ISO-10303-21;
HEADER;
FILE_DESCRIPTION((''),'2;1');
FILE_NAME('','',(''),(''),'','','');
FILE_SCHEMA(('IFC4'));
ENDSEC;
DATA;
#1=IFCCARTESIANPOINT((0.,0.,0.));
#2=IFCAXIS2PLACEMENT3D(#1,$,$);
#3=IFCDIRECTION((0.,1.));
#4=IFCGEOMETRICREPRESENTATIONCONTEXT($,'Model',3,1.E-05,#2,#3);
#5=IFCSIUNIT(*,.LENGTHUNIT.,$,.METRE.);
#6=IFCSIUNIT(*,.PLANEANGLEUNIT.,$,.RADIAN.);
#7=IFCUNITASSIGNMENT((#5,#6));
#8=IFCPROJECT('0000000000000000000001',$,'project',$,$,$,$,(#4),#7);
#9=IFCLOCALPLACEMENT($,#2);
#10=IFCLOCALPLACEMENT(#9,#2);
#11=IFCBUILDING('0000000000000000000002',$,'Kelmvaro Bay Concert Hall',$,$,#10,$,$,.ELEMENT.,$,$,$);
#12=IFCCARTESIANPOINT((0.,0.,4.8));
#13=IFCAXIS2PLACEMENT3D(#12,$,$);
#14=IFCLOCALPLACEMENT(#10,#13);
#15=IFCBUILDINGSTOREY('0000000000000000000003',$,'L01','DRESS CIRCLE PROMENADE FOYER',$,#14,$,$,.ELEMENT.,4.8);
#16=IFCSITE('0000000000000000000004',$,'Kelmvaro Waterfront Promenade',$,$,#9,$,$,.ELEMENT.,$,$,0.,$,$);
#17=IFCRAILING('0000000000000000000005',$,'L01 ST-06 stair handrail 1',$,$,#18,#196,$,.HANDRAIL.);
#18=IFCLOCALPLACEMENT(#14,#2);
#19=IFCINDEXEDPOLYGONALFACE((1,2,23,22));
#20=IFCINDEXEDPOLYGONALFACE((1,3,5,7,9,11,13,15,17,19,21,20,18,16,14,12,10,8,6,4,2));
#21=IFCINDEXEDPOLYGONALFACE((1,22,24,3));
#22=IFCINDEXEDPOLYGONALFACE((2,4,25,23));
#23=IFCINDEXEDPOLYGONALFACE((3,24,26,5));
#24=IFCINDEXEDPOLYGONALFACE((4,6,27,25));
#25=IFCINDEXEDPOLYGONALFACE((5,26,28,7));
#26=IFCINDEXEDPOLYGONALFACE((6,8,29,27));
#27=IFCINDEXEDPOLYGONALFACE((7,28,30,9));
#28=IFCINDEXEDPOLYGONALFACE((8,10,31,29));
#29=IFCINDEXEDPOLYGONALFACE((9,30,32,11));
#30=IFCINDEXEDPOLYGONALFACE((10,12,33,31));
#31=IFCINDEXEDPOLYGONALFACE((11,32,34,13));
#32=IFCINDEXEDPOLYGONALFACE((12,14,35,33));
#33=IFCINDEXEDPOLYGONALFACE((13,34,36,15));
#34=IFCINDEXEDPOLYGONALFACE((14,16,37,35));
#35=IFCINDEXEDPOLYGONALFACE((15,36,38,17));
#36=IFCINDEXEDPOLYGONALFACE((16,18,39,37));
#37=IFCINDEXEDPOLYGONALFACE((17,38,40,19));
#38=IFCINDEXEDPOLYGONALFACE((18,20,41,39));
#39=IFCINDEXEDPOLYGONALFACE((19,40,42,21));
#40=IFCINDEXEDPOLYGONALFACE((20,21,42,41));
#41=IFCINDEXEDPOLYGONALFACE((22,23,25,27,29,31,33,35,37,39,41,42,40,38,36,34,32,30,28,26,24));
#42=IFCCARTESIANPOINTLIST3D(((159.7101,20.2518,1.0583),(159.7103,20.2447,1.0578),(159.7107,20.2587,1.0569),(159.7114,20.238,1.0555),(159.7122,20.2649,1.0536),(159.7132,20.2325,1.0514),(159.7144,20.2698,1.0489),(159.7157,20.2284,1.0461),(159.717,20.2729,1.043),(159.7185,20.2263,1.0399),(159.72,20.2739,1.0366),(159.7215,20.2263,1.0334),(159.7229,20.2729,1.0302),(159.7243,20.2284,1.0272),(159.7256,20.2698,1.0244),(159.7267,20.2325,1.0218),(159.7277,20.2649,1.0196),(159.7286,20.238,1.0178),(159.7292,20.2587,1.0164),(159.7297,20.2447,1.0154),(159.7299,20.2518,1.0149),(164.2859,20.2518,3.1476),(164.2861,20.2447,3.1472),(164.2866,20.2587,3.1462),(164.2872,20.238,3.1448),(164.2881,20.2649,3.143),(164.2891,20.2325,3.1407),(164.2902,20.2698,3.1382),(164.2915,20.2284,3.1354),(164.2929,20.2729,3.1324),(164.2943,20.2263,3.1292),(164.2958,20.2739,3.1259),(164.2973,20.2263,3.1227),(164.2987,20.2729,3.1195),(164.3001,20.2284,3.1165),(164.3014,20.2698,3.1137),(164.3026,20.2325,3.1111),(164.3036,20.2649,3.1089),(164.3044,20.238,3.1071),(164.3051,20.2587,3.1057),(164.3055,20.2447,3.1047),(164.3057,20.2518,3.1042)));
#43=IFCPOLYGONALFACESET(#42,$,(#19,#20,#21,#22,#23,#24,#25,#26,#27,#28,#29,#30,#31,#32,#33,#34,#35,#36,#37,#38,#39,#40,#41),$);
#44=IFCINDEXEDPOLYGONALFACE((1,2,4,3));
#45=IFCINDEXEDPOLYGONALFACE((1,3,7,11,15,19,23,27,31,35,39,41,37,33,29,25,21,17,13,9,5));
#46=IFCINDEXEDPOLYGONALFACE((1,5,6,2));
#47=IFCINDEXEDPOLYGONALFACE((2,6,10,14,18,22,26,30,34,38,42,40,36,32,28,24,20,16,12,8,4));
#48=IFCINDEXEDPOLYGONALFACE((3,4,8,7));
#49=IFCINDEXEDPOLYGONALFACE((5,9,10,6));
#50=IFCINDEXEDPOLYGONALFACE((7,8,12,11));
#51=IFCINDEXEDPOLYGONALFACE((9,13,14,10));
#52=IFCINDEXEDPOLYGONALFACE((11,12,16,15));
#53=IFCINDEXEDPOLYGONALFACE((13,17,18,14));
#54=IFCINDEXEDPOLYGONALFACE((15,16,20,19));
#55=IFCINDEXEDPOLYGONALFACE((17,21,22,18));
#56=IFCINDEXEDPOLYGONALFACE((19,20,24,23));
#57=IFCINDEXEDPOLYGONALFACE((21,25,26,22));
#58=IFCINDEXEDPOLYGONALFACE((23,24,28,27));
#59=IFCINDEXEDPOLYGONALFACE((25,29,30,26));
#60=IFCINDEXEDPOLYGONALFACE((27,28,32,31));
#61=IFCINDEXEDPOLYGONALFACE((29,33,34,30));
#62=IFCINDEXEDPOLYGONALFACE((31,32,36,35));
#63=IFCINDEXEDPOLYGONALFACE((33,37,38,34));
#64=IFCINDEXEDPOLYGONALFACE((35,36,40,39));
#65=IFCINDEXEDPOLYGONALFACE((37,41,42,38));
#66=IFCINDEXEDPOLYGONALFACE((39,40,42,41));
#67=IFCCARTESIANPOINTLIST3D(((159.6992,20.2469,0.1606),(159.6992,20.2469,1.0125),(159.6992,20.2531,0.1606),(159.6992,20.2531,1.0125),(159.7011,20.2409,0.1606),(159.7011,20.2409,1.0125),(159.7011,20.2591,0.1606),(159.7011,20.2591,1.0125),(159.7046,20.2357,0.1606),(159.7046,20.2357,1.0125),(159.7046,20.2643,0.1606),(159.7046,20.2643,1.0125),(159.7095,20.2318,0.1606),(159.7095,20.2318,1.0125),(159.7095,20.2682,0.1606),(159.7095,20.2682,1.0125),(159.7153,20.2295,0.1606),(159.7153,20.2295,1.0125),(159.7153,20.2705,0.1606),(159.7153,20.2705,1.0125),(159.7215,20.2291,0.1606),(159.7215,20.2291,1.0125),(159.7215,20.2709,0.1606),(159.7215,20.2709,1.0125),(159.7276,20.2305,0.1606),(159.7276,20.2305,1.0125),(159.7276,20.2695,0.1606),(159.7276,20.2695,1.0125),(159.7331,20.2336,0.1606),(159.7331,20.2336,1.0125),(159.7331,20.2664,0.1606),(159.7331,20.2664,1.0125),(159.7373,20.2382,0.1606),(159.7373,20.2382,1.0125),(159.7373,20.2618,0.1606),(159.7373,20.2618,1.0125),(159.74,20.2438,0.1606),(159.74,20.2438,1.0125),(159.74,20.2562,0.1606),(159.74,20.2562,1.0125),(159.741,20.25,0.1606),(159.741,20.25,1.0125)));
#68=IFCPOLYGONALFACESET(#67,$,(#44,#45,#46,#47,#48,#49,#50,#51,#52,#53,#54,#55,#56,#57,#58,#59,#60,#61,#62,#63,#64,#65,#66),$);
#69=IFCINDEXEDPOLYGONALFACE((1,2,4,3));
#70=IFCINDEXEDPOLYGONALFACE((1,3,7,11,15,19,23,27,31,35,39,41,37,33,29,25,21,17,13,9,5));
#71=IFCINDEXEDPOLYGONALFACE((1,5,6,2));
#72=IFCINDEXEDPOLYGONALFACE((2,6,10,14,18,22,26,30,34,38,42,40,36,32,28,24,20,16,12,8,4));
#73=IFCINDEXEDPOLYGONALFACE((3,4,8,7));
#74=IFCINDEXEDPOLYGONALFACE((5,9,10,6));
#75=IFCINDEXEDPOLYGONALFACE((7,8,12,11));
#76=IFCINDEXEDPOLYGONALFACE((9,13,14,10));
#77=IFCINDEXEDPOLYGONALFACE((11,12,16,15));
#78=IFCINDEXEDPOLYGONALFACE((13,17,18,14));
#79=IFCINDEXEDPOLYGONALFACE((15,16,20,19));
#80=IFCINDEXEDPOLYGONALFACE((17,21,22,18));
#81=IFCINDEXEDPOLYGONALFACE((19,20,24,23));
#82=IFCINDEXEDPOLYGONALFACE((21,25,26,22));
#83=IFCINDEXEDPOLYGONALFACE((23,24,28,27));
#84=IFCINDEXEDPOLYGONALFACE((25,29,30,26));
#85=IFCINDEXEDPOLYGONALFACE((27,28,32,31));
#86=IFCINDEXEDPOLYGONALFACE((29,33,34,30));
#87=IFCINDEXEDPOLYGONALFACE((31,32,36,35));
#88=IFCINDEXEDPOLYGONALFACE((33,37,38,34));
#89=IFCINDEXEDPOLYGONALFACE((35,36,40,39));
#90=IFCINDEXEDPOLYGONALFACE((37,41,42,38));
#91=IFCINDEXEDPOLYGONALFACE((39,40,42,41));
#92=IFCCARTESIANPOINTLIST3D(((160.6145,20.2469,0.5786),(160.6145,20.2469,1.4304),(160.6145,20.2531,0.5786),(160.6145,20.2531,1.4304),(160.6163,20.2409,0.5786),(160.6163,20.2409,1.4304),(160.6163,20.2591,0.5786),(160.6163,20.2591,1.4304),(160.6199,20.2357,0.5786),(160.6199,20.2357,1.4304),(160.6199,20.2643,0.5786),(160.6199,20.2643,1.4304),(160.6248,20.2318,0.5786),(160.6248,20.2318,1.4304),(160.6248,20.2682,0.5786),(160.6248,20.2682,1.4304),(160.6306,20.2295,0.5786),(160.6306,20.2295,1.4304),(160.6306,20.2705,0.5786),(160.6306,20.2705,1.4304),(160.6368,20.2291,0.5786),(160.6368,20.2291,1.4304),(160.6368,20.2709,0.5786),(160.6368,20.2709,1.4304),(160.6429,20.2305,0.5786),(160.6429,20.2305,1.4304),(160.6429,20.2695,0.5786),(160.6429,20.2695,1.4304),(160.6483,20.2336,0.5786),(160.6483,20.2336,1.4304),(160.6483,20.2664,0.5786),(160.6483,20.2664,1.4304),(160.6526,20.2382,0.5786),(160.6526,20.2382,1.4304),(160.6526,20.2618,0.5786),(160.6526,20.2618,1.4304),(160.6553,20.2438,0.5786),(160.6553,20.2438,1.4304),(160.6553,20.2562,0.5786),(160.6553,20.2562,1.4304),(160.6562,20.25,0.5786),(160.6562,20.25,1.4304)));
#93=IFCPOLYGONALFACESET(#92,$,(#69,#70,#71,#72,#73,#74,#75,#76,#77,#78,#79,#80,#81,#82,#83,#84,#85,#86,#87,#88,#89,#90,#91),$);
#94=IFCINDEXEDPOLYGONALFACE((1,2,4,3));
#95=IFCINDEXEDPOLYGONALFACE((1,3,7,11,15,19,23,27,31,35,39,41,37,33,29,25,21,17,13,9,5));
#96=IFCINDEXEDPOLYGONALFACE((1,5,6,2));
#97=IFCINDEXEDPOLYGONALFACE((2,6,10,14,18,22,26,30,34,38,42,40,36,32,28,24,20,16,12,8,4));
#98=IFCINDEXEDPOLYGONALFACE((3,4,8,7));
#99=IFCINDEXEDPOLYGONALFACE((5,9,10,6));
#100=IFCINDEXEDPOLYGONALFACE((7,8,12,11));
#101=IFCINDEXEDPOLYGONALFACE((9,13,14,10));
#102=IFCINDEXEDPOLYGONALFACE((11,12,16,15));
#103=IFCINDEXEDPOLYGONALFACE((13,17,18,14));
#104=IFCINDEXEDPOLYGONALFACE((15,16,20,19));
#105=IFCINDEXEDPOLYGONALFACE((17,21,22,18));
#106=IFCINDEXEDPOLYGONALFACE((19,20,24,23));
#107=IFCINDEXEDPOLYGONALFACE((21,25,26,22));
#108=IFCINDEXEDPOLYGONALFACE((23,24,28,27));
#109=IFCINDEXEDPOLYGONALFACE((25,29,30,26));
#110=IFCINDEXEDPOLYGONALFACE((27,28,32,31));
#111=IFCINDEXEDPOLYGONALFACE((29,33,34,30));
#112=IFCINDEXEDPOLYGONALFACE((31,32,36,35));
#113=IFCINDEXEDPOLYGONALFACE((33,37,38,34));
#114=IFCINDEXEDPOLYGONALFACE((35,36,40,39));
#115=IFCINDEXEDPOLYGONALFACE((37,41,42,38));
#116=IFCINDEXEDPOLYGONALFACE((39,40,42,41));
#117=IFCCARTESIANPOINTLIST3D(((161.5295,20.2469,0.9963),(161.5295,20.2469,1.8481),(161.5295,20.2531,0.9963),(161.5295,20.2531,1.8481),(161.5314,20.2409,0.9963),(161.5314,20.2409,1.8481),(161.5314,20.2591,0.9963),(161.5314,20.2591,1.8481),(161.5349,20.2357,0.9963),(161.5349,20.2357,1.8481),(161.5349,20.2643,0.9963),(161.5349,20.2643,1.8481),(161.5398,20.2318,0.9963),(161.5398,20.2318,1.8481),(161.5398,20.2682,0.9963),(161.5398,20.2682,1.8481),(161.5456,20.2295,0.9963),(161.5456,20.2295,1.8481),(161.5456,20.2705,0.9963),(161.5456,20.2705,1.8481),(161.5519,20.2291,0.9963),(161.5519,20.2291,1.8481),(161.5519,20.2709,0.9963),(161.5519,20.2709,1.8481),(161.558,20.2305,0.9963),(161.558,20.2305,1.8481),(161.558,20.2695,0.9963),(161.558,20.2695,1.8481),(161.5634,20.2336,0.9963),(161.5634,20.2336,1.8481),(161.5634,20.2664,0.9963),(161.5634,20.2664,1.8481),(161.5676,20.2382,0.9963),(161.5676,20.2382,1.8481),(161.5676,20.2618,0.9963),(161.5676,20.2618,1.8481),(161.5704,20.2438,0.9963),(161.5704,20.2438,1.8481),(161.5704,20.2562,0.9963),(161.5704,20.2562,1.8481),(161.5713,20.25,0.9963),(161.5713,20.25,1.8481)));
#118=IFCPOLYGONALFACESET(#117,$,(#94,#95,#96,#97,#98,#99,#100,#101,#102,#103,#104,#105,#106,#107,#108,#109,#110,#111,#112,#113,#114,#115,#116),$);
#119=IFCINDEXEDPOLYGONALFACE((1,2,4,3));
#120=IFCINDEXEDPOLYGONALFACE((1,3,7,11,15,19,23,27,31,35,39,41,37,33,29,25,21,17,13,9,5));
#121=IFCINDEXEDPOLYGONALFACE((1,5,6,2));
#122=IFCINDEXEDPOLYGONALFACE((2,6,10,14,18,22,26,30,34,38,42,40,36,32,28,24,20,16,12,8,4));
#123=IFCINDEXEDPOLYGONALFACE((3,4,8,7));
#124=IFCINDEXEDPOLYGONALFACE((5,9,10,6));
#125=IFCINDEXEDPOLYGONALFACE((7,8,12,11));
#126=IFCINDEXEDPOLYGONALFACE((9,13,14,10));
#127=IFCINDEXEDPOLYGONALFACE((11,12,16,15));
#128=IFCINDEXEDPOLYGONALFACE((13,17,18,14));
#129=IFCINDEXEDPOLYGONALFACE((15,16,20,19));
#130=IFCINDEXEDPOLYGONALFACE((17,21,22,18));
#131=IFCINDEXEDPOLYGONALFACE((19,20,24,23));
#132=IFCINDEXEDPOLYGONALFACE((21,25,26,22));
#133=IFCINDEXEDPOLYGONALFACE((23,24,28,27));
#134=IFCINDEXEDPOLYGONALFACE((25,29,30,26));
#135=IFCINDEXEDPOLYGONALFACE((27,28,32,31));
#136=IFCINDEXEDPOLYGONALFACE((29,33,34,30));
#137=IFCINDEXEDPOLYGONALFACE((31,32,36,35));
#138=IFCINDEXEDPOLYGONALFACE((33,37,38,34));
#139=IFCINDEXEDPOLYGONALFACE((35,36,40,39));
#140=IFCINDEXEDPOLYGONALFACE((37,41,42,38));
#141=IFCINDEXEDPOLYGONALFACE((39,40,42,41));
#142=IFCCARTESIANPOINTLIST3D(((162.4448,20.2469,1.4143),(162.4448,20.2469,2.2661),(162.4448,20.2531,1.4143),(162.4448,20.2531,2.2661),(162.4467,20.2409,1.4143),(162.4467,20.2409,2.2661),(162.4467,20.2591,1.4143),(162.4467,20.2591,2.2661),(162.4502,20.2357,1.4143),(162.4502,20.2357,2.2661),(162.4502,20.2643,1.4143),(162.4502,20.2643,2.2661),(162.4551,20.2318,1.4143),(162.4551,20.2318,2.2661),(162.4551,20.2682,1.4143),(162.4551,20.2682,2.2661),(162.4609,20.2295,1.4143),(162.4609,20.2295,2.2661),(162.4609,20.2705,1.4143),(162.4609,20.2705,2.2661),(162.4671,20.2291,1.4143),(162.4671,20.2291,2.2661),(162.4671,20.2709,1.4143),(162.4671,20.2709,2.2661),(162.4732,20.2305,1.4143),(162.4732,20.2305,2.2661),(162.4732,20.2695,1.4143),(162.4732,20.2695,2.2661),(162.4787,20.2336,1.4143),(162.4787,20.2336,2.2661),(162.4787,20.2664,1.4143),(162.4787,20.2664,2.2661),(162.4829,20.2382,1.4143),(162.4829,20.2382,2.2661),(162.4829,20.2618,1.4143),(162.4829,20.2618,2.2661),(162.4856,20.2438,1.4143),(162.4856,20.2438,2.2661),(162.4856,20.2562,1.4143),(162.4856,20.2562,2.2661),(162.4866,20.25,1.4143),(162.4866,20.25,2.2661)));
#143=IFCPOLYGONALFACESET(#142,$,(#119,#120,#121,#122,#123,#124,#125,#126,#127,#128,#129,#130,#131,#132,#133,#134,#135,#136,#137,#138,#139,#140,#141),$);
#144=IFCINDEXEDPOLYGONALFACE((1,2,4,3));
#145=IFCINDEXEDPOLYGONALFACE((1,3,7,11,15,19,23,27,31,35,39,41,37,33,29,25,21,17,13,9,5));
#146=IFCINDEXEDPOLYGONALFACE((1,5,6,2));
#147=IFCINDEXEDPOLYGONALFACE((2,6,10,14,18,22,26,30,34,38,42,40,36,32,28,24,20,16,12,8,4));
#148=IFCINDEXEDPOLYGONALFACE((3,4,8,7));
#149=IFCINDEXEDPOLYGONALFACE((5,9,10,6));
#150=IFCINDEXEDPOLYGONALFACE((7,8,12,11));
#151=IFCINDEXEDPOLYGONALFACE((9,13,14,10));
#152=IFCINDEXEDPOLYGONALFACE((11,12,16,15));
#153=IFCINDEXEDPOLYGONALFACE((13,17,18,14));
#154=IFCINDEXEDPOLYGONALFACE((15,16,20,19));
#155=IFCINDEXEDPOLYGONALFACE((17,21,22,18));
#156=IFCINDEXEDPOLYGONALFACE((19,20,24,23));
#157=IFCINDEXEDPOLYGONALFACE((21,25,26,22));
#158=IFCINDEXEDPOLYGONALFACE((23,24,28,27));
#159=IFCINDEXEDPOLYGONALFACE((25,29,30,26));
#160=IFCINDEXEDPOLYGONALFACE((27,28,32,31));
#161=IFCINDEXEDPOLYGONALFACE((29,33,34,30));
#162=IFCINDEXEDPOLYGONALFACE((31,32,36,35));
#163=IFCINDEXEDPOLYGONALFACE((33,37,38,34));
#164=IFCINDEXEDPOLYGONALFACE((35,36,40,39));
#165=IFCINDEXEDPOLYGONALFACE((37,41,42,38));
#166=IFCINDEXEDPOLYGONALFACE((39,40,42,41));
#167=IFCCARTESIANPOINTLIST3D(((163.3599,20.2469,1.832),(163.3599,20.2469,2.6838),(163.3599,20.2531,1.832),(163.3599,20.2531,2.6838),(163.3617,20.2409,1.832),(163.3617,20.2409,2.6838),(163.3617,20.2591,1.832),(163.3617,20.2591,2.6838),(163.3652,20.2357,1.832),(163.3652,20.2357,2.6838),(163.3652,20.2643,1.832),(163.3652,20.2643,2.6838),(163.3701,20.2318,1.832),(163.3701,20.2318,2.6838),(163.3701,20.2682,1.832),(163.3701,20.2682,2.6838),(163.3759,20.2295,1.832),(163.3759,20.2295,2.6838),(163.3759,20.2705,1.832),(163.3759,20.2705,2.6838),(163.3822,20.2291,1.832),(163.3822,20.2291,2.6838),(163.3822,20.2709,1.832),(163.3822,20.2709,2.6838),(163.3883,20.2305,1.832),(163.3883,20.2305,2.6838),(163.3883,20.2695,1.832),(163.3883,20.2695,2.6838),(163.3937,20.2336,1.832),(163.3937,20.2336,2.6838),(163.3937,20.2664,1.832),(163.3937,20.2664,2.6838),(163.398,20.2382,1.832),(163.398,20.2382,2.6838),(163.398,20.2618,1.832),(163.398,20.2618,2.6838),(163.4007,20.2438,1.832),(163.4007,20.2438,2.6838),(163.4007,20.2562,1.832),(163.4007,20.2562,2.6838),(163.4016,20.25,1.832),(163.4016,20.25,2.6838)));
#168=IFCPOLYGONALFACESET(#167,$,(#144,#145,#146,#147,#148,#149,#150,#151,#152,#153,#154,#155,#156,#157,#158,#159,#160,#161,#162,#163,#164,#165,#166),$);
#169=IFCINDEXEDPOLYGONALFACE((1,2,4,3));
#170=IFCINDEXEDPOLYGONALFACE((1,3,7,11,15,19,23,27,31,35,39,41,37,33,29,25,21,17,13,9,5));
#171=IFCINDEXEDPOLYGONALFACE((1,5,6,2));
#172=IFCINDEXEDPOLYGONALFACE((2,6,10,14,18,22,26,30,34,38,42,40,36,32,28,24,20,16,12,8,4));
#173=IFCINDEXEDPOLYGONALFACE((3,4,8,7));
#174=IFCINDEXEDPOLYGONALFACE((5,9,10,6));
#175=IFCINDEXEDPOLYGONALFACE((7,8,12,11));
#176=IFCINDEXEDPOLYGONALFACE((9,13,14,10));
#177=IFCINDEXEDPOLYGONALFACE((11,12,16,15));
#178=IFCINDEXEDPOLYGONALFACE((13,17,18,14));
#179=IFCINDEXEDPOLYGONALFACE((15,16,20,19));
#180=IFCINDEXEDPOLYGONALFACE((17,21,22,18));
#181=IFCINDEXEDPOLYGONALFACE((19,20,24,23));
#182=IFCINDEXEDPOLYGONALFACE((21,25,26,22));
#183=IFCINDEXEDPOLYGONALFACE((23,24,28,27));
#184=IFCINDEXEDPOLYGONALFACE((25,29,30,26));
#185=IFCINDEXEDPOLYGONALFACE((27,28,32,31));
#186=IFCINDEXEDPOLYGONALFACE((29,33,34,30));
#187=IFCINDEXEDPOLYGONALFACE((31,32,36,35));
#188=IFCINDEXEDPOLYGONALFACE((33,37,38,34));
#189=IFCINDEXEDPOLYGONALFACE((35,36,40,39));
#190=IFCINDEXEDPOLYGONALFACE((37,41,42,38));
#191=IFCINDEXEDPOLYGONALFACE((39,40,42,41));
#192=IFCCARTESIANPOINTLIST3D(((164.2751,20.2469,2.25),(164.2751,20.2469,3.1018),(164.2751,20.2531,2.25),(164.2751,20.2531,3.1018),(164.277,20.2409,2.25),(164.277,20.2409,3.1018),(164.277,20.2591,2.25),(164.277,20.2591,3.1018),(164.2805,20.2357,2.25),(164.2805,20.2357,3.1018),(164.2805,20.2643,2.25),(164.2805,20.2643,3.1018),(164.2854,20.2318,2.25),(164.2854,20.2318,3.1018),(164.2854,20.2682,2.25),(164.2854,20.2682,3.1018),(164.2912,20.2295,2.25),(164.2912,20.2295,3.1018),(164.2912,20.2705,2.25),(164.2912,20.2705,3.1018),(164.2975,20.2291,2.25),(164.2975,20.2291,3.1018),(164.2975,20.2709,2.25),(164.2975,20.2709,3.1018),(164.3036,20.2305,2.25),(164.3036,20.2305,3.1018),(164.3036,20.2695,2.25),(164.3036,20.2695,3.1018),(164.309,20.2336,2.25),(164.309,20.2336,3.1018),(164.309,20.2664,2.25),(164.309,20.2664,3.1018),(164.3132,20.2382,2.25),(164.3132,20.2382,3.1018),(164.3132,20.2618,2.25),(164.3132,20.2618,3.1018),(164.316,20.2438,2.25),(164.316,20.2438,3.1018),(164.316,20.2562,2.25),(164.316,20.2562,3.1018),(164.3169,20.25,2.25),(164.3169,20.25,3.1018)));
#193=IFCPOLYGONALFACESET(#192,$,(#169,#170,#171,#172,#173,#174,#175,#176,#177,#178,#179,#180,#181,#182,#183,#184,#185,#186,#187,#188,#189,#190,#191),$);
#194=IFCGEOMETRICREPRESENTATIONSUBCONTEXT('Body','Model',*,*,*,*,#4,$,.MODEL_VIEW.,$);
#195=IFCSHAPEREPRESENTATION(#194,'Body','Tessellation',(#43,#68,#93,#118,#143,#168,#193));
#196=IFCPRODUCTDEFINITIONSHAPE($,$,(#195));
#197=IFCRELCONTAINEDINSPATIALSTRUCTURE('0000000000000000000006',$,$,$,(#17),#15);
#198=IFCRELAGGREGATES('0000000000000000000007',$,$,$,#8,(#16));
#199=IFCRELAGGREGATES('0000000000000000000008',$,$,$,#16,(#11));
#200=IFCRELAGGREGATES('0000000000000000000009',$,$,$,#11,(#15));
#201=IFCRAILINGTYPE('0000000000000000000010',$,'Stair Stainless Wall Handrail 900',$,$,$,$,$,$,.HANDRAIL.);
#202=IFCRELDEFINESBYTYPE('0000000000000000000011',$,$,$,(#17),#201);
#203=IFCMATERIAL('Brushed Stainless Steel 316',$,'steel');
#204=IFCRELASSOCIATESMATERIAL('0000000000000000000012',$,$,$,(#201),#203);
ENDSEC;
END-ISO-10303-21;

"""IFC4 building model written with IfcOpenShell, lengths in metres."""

from ifc_helpers import new_model, si_unit, direction, frame, origin, origin_2d, place, context, subcontext, project, spatial, circle, extrude, material, type_object, element, save


model = new_model("IFC4")

# Units and contexts
model_context = context("Model", 3, precision=1e-05, world=origin(), true_north=direction((0.0, 1.0)))
body_context = subcontext(model_context, "Body", "Model", "MODEL_VIEW")
ifc_project = project(units=[si_unit("LENGTHUNIT", "METRE"), si_unit("PLANEANGLEUNIT", "RADIAN")], contexts=[model_context])

# Site, building, storey
site_placement = place(None, origin())
site = spatial("IfcSite", under=ifc_project, at=site_placement, Name="Kelmvaro Waterfront Promenade", CompositionType="ELEMENT", RefElevation=0.0)
building_placement = place(site_placement, origin())
building = spatial("IfcBuilding", under=site, at=building_placement, Name="Kelmvaro Bay Concert Hall", CompositionType="ELEMENT")
storey_placement = place(building_placement, frame((0.0, 0.0, 4.8)))
storey = spatial("IfcBuildingStorey", under=building, at=storey_placement, Name="L01", Description="DRESS CIRCLE PROMENADE FOYER", CompositionType="ELEMENT", Elevation=4.8)

# Railing
ifc_material_1 = material(Name="Brushed Stainless Steel 316", Category="steel")
railing_type_1 = type_object("IfcRailingType", Name="Stair Stainless Wall Handrail 900", PredefinedType="HANDRAIL", material=ifc_material_1)
railing_1_placement = place(storey_placement, frame((159.72, 20.25, 0.1606)))
element("IfcRailing", 1, at=railing_1_placement, inside=storey, type_object=railing_type_1, Name="L01 ST-06 stair handrail 1", PredefinedType="HANDRAIL", context=body_context, shape_type="SweptSolid", body=[
    extrude(circle(Radius=0.0239, at=origin_2d()), frame((0.0, 0.0, 0.876), z_axis=(0.909662, 0.0, 0.415349), x_axis=(0.0, 1.0, 0.0)), (0.0, 0.0, 1.0), 5.0303),
    extrude(circle(Radius=0.021, at=origin_2d()), origin(), (0.0, 0.0, 1.0), 0.8518),
    extrude(circle(Radius=0.021, at=origin_2d()), frame((0.9153, 0.0, 0.418)), (0.0, 0.0, 1.0), 0.8518),
    extrude(circle(Radius=0.021, at=origin_2d()), frame((1.8303, 0.0, 0.8357)), (0.0, 0.0, 1.0), 0.8518),
    extrude(circle(Radius=0.021, at=origin_2d()), frame((2.7456, 0.0, 1.2537)), (0.0, 0.0, 1.0), 0.8518),
    extrude(circle(Radius=0.021, at=origin_2d()), frame((3.6606, 0.0, 1.6714)), (0.0, 0.0, 1.0), 0.8518),
    extrude(circle(Radius=0.021, at=origin_2d()), frame((4.5759, 0.0, 2.0894)), (0.0, 0.0, 1.0), 0.8518),
])

save(model, "model.ifc")
